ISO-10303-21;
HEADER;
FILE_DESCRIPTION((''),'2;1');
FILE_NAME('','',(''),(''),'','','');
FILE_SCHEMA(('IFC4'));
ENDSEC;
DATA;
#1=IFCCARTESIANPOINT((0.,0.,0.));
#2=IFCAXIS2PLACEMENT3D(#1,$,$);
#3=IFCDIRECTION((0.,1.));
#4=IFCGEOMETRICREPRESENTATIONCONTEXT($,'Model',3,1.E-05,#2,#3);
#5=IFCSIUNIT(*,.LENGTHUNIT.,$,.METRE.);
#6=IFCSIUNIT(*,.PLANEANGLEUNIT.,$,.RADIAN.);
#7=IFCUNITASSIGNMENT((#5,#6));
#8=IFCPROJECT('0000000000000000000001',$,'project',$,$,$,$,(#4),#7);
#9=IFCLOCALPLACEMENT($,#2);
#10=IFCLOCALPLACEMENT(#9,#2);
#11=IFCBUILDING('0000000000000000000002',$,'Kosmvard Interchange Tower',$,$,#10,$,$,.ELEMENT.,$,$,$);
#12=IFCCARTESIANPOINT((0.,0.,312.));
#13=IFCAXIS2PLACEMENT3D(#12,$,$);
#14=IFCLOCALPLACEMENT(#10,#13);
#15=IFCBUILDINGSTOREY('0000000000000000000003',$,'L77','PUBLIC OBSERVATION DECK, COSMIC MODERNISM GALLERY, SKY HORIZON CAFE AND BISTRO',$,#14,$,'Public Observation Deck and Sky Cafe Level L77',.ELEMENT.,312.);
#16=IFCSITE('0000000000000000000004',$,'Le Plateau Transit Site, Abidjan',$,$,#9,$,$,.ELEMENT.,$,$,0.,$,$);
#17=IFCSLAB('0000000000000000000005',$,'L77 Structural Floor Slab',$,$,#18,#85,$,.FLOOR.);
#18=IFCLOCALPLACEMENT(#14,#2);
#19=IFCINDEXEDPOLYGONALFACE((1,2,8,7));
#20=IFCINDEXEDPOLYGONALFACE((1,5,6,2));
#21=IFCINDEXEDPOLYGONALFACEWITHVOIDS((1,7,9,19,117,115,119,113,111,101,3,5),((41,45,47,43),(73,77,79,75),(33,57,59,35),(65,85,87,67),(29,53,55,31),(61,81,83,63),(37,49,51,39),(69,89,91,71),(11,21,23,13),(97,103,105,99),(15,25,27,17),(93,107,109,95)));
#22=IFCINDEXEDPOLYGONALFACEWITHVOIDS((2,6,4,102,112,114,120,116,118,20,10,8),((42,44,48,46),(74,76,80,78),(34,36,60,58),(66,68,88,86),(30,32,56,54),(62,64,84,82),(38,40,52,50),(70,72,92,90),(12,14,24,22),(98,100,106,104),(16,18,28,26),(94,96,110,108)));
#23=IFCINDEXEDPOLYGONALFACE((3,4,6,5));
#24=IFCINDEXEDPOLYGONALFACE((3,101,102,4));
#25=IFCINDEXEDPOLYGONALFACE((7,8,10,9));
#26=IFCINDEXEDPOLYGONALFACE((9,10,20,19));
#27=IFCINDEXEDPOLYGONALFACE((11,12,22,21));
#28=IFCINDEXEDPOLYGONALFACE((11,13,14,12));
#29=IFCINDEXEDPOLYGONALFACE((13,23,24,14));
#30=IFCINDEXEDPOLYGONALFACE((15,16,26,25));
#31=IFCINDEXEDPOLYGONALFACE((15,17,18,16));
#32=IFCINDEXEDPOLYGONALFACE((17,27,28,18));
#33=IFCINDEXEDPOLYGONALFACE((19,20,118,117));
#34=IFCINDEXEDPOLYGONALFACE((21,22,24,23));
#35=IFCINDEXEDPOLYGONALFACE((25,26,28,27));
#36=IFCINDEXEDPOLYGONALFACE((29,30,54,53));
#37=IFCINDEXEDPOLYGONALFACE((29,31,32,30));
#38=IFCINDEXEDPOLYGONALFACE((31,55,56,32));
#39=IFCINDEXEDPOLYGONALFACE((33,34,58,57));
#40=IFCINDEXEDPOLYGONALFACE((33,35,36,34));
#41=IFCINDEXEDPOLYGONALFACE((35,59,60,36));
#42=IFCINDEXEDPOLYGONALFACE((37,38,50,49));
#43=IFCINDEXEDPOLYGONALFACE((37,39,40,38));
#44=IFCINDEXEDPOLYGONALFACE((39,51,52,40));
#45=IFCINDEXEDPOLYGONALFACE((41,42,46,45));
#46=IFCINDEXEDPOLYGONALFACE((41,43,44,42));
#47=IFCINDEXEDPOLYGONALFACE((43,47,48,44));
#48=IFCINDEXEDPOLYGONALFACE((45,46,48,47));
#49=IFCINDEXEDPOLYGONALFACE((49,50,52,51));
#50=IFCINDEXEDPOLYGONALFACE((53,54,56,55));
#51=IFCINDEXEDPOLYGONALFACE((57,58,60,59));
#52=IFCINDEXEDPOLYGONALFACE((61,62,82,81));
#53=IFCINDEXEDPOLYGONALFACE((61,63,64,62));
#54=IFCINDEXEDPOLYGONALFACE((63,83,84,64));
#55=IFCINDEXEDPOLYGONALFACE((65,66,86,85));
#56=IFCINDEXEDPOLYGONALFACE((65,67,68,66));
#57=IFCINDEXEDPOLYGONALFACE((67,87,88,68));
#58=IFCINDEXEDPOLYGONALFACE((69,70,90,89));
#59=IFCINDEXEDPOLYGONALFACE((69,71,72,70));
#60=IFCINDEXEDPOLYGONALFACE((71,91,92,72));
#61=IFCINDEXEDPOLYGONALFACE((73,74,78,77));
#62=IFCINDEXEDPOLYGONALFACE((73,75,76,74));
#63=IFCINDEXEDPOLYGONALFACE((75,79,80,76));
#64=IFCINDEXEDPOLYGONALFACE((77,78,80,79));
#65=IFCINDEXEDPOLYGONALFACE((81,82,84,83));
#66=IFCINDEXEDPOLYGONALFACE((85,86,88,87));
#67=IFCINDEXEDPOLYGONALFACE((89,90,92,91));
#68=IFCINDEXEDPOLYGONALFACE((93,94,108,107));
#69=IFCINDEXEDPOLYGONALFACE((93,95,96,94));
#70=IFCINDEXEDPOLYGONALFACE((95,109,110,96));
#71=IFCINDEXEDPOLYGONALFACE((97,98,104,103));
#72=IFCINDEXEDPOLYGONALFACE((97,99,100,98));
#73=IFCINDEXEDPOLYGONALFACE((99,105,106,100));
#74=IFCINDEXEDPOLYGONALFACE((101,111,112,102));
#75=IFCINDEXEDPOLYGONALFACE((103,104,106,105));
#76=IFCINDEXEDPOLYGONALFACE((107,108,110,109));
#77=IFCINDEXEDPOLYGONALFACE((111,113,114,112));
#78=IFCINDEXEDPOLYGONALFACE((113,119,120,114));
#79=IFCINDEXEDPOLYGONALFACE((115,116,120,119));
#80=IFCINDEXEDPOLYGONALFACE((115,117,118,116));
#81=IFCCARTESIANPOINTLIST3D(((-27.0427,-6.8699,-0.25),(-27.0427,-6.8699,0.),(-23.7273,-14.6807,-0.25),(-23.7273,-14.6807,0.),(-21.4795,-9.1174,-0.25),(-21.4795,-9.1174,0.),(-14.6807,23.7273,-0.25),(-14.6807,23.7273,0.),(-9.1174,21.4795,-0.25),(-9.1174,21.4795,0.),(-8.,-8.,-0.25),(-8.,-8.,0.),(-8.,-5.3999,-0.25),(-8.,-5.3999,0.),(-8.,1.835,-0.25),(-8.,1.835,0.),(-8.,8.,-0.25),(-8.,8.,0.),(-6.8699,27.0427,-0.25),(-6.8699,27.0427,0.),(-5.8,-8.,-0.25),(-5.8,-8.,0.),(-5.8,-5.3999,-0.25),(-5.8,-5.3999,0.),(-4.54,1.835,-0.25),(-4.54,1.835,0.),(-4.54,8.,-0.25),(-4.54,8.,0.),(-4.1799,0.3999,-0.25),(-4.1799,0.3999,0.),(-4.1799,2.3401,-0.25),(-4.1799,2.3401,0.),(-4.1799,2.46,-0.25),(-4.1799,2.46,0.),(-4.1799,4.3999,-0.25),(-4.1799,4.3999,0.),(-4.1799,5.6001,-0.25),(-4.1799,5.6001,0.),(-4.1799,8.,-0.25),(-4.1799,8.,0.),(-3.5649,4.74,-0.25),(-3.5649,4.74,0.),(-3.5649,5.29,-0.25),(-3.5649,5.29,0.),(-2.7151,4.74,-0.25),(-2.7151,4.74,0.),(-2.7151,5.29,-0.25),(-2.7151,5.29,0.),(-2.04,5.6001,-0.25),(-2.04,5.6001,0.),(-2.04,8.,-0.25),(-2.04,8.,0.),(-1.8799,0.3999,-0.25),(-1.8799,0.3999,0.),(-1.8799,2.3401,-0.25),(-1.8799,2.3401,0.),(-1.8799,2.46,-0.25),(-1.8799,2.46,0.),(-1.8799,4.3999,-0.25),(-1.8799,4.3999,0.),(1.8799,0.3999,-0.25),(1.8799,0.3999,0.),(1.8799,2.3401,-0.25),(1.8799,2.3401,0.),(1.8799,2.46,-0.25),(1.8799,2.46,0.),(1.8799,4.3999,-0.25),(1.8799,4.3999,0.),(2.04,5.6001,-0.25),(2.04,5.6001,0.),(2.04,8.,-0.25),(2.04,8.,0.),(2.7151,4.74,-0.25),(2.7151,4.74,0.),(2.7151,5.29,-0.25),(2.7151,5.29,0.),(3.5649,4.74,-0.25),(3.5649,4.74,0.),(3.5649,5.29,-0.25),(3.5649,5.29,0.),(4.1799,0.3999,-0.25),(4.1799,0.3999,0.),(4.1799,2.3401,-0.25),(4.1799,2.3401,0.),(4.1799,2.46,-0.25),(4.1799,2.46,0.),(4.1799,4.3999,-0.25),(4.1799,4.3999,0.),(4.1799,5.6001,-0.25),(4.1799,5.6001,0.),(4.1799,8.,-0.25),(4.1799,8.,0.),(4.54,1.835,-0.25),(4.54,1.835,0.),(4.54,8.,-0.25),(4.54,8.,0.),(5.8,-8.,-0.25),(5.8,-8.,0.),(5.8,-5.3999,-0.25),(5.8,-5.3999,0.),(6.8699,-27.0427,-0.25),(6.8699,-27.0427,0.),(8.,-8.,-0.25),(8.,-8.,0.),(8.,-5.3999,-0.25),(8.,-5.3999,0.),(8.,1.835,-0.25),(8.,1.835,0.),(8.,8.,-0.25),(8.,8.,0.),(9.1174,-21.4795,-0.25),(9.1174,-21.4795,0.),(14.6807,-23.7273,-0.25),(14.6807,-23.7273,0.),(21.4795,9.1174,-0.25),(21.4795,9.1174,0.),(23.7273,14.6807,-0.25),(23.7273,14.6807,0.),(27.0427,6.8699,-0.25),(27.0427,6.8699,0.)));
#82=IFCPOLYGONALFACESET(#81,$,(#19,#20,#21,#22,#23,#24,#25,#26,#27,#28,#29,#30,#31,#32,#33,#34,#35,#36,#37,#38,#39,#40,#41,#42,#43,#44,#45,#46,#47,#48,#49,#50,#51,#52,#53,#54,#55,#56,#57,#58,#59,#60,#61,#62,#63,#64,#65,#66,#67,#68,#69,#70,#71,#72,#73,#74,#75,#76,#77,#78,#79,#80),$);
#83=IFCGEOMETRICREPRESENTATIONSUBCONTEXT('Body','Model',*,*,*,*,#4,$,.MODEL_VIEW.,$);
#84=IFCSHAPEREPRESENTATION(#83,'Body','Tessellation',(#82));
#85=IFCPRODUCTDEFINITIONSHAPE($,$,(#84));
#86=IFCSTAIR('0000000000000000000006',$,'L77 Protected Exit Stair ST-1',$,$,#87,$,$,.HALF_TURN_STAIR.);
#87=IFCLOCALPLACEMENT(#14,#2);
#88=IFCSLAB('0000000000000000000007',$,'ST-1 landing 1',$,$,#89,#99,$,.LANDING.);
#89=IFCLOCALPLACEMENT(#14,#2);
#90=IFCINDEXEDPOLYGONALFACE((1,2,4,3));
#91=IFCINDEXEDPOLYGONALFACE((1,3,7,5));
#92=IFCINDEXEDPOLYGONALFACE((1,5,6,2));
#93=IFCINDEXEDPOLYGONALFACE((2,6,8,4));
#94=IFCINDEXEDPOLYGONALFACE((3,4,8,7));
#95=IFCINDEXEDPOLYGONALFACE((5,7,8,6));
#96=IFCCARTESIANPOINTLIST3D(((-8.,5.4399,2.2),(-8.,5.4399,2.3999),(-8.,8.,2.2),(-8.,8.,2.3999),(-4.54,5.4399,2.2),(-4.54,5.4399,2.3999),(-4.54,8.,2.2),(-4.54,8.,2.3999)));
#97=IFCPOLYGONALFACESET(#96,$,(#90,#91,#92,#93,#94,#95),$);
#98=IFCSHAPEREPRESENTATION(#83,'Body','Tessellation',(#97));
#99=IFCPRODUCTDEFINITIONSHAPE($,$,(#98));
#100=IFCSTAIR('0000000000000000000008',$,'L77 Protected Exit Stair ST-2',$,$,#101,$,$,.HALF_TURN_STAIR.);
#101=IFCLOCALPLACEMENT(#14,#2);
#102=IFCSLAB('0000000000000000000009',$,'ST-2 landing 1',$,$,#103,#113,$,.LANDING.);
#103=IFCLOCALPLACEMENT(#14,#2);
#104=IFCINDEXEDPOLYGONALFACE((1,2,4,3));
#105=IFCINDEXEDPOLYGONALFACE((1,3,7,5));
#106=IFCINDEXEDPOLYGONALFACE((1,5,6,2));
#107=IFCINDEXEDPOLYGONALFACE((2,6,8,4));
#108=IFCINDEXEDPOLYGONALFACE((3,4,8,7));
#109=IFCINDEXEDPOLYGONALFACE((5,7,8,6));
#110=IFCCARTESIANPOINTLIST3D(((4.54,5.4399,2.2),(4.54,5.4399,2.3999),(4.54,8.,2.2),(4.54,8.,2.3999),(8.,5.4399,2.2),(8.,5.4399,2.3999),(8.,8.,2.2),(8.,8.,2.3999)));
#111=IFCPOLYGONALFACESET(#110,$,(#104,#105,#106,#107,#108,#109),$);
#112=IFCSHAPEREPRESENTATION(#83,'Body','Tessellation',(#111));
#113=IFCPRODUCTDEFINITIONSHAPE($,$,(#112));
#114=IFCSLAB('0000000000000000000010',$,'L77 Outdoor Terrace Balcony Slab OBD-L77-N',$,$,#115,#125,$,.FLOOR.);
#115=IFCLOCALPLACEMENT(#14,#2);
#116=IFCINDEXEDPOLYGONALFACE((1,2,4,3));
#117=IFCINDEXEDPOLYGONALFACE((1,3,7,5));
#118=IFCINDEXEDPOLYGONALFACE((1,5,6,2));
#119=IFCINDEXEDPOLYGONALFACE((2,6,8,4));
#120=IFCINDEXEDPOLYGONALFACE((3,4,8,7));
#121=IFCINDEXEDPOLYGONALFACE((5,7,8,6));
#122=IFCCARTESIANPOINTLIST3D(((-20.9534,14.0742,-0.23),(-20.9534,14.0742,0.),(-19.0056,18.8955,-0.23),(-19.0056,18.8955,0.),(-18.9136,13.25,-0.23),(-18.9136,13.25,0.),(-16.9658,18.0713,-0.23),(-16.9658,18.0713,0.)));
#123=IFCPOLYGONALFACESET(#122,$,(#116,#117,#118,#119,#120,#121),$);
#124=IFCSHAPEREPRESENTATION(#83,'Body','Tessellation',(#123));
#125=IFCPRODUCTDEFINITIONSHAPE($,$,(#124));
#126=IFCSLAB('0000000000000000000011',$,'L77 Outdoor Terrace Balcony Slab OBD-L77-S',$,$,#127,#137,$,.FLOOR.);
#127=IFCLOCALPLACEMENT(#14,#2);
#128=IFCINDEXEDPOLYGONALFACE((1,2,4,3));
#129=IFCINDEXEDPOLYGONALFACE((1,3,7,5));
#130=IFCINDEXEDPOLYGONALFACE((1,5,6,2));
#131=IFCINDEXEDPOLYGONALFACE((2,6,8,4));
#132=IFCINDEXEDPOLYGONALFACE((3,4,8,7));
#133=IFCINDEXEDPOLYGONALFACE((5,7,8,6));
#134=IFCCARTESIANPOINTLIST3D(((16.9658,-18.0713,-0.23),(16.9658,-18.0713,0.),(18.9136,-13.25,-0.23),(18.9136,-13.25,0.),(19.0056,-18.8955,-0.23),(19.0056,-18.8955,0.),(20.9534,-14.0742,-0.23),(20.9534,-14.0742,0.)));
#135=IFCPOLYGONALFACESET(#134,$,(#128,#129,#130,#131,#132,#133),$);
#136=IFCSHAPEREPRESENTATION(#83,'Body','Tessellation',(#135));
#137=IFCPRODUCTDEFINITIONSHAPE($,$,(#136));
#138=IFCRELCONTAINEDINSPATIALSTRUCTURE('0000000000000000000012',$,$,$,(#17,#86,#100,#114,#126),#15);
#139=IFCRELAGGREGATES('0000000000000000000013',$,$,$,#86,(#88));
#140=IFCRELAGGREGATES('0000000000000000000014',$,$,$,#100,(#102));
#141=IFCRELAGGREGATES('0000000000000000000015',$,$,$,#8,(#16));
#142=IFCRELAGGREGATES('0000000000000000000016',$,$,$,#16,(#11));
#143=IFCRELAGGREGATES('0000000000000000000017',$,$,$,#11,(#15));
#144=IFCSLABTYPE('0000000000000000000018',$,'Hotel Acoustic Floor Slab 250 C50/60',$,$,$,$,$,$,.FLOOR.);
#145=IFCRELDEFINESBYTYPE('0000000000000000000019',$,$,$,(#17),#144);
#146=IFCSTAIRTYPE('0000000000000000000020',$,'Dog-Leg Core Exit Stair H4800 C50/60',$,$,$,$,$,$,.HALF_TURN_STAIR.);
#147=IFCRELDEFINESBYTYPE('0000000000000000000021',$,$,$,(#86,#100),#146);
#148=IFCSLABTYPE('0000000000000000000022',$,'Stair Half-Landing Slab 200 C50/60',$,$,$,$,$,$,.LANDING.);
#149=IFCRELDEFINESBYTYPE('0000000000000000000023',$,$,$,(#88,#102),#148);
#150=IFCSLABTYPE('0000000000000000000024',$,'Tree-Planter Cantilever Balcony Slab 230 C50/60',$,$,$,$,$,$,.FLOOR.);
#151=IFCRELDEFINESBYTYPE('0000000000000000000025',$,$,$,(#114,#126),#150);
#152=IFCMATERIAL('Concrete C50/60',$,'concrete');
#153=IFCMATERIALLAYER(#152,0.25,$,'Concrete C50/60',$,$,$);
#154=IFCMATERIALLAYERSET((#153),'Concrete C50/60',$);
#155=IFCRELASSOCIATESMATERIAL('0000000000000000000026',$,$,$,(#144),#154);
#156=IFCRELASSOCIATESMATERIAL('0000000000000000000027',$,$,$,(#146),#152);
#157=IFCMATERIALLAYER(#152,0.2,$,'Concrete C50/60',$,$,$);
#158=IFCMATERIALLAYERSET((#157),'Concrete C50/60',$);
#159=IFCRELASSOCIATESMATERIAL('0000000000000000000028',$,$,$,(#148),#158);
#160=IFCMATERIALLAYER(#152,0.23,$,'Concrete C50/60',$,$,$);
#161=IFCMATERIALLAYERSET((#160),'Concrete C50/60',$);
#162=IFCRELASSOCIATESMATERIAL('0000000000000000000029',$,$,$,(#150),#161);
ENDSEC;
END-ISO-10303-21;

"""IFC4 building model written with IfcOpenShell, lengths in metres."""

from ifc_helpers import new_model, si_unit, direction, frame, origin, place, context, subcontext, project, spatial, polyline, outline, extrude, material, layer, layer_set, type_object, element, aggregate, save


model = new_model("IFC4")

# Units and contexts
model_context = context("Model", 3, precision=1e-05, world=origin(), true_north=direction((0.0, 1.0)))
body_context = subcontext(model_context, "Body", "Model", "MODEL_VIEW")
ifc_project = project(units=[si_unit("LENGTHUNIT", "METRE"), si_unit("PLANEANGLEUNIT", "RADIAN")], contexts=[model_context])

# Site, building, storey
site_placement = place(None, origin())
site = spatial("IfcSite", under=ifc_project, at=site_placement, Name="Le Plateau Transit Site, Abidjan", CompositionType="ELEMENT", RefElevation=0.0)
building_placement = place(site_placement, origin())
building = spatial("IfcBuilding", under=site, at=building_placement, Name="Kosmvard Interchange Tower", CompositionType="ELEMENT")
storey_placement = place(building_placement, frame((0.0, 0.0, 312.0)))
storey = spatial("IfcBuildingStorey", under=building, at=storey_placement, Name="L77", Description="PUBLIC OBSERVATION DECK, COSMIC MODERNISM GALLERY, SKY HORIZON CAFE AND BISTRO", LongName="Public Observation Deck and Sky Cafe Level L77", CompositionType="ELEMENT", Elevation=312.0)

# Slab
ifc_material_1 = material(Name="Concrete C50/60", Category="concrete")
ifc_layer_1 = layer(ifc_material_1, 0.25, Name="Concrete C50/60")
ifc_layer_set_1 = layer_set([ifc_layer_1], Name="Concrete C50/60")
slab_type_1 = type_object("IfcSlabType", Name="Hotel Acoustic Floor Slab 250 C50/60", PredefinedType="FLOOR", material=ifc_layer_set_1)
slab_1_placement = place(storey_placement, frame((0.0, 0.0, -0.25)))
element("IfcSlab", 1, at=slab_1_placement, inside=storey, type_object=slab_type_1, Name="L77 Structural Floor Slab", PredefinedType="FLOOR", context=body_context, shape_type="SweptSolid", body=[
    extrude(outline(polyline([(14.6807, -23.7273), (27.0427, 6.8699), (21.4795, 9.1174), (23.7273, 14.6807), (-6.8699, 27.0427), (-9.1174, 21.4795), (-14.6807, 23.7273), (-27.0427, -6.8699), (-21.4795, -9.1174), (-23.7273, -14.6807), (6.8699, -27.0427), (9.1174, -21.4795), (14.6807, -23.7273)]), holes=[polyline([(-8.0, 1.835), (-4.54, 1.835), (-4.54, 8.0), (-8.0, 8.0), (-8.0, 1.835)]), polyline([(4.54, 1.835), (8.0, 1.835), (8.0, 8.0), (4.54, 8.0), (4.54, 1.835)]), polyline([(-8.0, -8.0), (-5.8, -8.0), (-5.8, -5.3999), (-8.0, -5.3999), (-8.0, -8.0)]), polyline([(5.8, -8.0), (8.0, -8.0), (8.0, -5.3999), (5.8, -5.3999), (5.8, -8.0)]), polyline([(-4.1799, 0.3999), (-1.8799, 0.3999), (-1.8799, 2.3401), (-4.1799, 2.3401), (-4.1799, 0.3999)]), polyline([(-4.1799, 2.46), (-1.8799, 2.46), (-1.8799, 4.3999), (-4.1799, 4.3999), (-4.1799, 2.46)]), polyline([(1.8799, 0.3999), (4.1799, 0.3999), (4.1799, 2.3401), (1.8799, 2.3401), (1.8799, 0.3999)]), polyline([(1.8799, 2.46), (4.1799, 2.46), (4.1799, 4.3999), (1.8799, 4.3999), (1.8799, 2.46)]), polyline([(-4.1799, 5.6001), (-2.04, 5.6001), (-2.04, 8.0), (-4.1799, 8.0), (-4.1799, 5.6001)]), polyline([(2.04, 5.6001), (4.1799, 5.6001), (4.1799, 8.0), (2.04, 8.0), (2.04, 5.6001)]), polyline([(-3.5649, 4.74), (-2.7151, 4.74), (-2.7151, 5.29), (-3.5649, 5.29), (-3.5649, 4.74)]), polyline([(2.7151, 4.74), (3.5649, 4.74), (3.5649, 5.29), (2.7151, 5.29), (2.7151, 4.74)])]), origin(), (0.0, 0.0, 1.0), 0.25),
])

# Stairs, slabs
stair_type = type_object("IfcStairType", Name="Dog-Leg Core Exit Stair H4800 C50/60", PredefinedType="HALF_TURN_STAIR", material=ifc_material_1)
stair_1_placement = place(storey_placement, origin())
stair_1 = element("IfcStair", 2, at=stair_1_placement, inside=storey, type_object=stair_type, Name="L77 Protected Exit Stair ST-1", PredefinedType="HALF_TURN_STAIR")
ifc_layer_2 = layer(ifc_material_1, 0.2, Name="Concrete C50/60")
ifc_layer_set_2 = layer_set([ifc_layer_2], Name="Concrete C50/60")
slab_type_2 = type_object("IfcSlabType", Name="Stair Half-Landing Slab 200 C50/60", PredefinedType="LANDING", material=ifc_layer_set_2)
slab_2_placement = place(storey_placement, frame((0.0, 0.0, 2.2)))
slab_2 = element("IfcSlab", 3, at=slab_2_placement, type_object=slab_type_2, Name="ST-1 landing 1", PredefinedType="LANDING", context=body_context, shape_type="SweptSolid", body=[
    extrude(outline(polyline([(-4.54, 5.4399), (-4.54, 8.0), (-8.0, 8.0), (-8.0, 5.4399), (-4.54, 5.4399)])), origin(), (0.0, 0.0, 1.0), 0.2),
])
aggregate(stair_1, [slab_2])
stair_2_placement = place(storey_placement, origin())
stair_2 = element("IfcStair", 4, at=stair_2_placement, inside=storey, type_object=stair_type, Name="L77 Protected Exit Stair ST-2", PredefinedType="HALF_TURN_STAIR")
slab_3_placement = place(storey_placement, frame((0.0, 0.0, 2.2)))
slab_3 = element("IfcSlab", 5, at=slab_3_placement, type_object=slab_type_2, Name="ST-2 landing 1", PredefinedType="LANDING", context=body_context, shape_type="SweptSolid", body=[
    extrude(outline(polyline([(8.0, 5.4399), (8.0, 8.0), (4.54, 8.0), (4.54, 5.4399), (8.0, 5.4399)])), origin(), (0.0, 0.0, 1.0), 0.2),
])
aggregate(stair_2, [slab_3])

# Slabs
ifc_layer_3 = layer(ifc_material_1, 0.23, Name="Concrete C50/60")
ifc_layer_set_3 = layer_set([ifc_layer_3], Name="Concrete C50/60")
slab_type_3 = type_object("IfcSlabType", Name="Tree-Planter Cantilever Balcony Slab 230 C50/60", PredefinedType="FLOOR", material=ifc_layer_set_3)
slab_4_placement = place(storey_placement, frame((0.0, 0.0, -0.23)))
element("IfcSlab", 6, at=slab_4_placement, inside=storey, type_object=slab_type_3, Name="L77 Outdoor Terrace Balcony Slab OBD-L77-N", PredefinedType="FLOOR", context=body_context, shape_type="SweptSolid", body=[
    extrude(outline(polyline([(-18.9136, 13.25), (-16.9658, 18.0713), (-19.0056, 18.8955), (-20.9534, 14.0742), (-18.9136, 13.25)])), origin(), (0.0, 0.0, 1.0), 0.23),
])
slab_5_placement = place(storey_placement, frame((0.0, 0.0, -0.23)))
element("IfcSlab", 7, at=slab_5_placement, inside=storey, type_object=slab_type_3, Name="L77 Outdoor Terrace Balcony Slab OBD-L77-S", PredefinedType="FLOOR", context=body_context, shape_type="SweptSolid", body=[
    extrude(outline(polyline([(19.0056, -18.8955), (20.9534, -14.0742), (18.9136, -13.25), (16.9658, -18.0713), (19.0056, -18.8955)])), origin(), (0.0, 0.0, 1.0), 0.23),
])

save(model, "model.ifc")
